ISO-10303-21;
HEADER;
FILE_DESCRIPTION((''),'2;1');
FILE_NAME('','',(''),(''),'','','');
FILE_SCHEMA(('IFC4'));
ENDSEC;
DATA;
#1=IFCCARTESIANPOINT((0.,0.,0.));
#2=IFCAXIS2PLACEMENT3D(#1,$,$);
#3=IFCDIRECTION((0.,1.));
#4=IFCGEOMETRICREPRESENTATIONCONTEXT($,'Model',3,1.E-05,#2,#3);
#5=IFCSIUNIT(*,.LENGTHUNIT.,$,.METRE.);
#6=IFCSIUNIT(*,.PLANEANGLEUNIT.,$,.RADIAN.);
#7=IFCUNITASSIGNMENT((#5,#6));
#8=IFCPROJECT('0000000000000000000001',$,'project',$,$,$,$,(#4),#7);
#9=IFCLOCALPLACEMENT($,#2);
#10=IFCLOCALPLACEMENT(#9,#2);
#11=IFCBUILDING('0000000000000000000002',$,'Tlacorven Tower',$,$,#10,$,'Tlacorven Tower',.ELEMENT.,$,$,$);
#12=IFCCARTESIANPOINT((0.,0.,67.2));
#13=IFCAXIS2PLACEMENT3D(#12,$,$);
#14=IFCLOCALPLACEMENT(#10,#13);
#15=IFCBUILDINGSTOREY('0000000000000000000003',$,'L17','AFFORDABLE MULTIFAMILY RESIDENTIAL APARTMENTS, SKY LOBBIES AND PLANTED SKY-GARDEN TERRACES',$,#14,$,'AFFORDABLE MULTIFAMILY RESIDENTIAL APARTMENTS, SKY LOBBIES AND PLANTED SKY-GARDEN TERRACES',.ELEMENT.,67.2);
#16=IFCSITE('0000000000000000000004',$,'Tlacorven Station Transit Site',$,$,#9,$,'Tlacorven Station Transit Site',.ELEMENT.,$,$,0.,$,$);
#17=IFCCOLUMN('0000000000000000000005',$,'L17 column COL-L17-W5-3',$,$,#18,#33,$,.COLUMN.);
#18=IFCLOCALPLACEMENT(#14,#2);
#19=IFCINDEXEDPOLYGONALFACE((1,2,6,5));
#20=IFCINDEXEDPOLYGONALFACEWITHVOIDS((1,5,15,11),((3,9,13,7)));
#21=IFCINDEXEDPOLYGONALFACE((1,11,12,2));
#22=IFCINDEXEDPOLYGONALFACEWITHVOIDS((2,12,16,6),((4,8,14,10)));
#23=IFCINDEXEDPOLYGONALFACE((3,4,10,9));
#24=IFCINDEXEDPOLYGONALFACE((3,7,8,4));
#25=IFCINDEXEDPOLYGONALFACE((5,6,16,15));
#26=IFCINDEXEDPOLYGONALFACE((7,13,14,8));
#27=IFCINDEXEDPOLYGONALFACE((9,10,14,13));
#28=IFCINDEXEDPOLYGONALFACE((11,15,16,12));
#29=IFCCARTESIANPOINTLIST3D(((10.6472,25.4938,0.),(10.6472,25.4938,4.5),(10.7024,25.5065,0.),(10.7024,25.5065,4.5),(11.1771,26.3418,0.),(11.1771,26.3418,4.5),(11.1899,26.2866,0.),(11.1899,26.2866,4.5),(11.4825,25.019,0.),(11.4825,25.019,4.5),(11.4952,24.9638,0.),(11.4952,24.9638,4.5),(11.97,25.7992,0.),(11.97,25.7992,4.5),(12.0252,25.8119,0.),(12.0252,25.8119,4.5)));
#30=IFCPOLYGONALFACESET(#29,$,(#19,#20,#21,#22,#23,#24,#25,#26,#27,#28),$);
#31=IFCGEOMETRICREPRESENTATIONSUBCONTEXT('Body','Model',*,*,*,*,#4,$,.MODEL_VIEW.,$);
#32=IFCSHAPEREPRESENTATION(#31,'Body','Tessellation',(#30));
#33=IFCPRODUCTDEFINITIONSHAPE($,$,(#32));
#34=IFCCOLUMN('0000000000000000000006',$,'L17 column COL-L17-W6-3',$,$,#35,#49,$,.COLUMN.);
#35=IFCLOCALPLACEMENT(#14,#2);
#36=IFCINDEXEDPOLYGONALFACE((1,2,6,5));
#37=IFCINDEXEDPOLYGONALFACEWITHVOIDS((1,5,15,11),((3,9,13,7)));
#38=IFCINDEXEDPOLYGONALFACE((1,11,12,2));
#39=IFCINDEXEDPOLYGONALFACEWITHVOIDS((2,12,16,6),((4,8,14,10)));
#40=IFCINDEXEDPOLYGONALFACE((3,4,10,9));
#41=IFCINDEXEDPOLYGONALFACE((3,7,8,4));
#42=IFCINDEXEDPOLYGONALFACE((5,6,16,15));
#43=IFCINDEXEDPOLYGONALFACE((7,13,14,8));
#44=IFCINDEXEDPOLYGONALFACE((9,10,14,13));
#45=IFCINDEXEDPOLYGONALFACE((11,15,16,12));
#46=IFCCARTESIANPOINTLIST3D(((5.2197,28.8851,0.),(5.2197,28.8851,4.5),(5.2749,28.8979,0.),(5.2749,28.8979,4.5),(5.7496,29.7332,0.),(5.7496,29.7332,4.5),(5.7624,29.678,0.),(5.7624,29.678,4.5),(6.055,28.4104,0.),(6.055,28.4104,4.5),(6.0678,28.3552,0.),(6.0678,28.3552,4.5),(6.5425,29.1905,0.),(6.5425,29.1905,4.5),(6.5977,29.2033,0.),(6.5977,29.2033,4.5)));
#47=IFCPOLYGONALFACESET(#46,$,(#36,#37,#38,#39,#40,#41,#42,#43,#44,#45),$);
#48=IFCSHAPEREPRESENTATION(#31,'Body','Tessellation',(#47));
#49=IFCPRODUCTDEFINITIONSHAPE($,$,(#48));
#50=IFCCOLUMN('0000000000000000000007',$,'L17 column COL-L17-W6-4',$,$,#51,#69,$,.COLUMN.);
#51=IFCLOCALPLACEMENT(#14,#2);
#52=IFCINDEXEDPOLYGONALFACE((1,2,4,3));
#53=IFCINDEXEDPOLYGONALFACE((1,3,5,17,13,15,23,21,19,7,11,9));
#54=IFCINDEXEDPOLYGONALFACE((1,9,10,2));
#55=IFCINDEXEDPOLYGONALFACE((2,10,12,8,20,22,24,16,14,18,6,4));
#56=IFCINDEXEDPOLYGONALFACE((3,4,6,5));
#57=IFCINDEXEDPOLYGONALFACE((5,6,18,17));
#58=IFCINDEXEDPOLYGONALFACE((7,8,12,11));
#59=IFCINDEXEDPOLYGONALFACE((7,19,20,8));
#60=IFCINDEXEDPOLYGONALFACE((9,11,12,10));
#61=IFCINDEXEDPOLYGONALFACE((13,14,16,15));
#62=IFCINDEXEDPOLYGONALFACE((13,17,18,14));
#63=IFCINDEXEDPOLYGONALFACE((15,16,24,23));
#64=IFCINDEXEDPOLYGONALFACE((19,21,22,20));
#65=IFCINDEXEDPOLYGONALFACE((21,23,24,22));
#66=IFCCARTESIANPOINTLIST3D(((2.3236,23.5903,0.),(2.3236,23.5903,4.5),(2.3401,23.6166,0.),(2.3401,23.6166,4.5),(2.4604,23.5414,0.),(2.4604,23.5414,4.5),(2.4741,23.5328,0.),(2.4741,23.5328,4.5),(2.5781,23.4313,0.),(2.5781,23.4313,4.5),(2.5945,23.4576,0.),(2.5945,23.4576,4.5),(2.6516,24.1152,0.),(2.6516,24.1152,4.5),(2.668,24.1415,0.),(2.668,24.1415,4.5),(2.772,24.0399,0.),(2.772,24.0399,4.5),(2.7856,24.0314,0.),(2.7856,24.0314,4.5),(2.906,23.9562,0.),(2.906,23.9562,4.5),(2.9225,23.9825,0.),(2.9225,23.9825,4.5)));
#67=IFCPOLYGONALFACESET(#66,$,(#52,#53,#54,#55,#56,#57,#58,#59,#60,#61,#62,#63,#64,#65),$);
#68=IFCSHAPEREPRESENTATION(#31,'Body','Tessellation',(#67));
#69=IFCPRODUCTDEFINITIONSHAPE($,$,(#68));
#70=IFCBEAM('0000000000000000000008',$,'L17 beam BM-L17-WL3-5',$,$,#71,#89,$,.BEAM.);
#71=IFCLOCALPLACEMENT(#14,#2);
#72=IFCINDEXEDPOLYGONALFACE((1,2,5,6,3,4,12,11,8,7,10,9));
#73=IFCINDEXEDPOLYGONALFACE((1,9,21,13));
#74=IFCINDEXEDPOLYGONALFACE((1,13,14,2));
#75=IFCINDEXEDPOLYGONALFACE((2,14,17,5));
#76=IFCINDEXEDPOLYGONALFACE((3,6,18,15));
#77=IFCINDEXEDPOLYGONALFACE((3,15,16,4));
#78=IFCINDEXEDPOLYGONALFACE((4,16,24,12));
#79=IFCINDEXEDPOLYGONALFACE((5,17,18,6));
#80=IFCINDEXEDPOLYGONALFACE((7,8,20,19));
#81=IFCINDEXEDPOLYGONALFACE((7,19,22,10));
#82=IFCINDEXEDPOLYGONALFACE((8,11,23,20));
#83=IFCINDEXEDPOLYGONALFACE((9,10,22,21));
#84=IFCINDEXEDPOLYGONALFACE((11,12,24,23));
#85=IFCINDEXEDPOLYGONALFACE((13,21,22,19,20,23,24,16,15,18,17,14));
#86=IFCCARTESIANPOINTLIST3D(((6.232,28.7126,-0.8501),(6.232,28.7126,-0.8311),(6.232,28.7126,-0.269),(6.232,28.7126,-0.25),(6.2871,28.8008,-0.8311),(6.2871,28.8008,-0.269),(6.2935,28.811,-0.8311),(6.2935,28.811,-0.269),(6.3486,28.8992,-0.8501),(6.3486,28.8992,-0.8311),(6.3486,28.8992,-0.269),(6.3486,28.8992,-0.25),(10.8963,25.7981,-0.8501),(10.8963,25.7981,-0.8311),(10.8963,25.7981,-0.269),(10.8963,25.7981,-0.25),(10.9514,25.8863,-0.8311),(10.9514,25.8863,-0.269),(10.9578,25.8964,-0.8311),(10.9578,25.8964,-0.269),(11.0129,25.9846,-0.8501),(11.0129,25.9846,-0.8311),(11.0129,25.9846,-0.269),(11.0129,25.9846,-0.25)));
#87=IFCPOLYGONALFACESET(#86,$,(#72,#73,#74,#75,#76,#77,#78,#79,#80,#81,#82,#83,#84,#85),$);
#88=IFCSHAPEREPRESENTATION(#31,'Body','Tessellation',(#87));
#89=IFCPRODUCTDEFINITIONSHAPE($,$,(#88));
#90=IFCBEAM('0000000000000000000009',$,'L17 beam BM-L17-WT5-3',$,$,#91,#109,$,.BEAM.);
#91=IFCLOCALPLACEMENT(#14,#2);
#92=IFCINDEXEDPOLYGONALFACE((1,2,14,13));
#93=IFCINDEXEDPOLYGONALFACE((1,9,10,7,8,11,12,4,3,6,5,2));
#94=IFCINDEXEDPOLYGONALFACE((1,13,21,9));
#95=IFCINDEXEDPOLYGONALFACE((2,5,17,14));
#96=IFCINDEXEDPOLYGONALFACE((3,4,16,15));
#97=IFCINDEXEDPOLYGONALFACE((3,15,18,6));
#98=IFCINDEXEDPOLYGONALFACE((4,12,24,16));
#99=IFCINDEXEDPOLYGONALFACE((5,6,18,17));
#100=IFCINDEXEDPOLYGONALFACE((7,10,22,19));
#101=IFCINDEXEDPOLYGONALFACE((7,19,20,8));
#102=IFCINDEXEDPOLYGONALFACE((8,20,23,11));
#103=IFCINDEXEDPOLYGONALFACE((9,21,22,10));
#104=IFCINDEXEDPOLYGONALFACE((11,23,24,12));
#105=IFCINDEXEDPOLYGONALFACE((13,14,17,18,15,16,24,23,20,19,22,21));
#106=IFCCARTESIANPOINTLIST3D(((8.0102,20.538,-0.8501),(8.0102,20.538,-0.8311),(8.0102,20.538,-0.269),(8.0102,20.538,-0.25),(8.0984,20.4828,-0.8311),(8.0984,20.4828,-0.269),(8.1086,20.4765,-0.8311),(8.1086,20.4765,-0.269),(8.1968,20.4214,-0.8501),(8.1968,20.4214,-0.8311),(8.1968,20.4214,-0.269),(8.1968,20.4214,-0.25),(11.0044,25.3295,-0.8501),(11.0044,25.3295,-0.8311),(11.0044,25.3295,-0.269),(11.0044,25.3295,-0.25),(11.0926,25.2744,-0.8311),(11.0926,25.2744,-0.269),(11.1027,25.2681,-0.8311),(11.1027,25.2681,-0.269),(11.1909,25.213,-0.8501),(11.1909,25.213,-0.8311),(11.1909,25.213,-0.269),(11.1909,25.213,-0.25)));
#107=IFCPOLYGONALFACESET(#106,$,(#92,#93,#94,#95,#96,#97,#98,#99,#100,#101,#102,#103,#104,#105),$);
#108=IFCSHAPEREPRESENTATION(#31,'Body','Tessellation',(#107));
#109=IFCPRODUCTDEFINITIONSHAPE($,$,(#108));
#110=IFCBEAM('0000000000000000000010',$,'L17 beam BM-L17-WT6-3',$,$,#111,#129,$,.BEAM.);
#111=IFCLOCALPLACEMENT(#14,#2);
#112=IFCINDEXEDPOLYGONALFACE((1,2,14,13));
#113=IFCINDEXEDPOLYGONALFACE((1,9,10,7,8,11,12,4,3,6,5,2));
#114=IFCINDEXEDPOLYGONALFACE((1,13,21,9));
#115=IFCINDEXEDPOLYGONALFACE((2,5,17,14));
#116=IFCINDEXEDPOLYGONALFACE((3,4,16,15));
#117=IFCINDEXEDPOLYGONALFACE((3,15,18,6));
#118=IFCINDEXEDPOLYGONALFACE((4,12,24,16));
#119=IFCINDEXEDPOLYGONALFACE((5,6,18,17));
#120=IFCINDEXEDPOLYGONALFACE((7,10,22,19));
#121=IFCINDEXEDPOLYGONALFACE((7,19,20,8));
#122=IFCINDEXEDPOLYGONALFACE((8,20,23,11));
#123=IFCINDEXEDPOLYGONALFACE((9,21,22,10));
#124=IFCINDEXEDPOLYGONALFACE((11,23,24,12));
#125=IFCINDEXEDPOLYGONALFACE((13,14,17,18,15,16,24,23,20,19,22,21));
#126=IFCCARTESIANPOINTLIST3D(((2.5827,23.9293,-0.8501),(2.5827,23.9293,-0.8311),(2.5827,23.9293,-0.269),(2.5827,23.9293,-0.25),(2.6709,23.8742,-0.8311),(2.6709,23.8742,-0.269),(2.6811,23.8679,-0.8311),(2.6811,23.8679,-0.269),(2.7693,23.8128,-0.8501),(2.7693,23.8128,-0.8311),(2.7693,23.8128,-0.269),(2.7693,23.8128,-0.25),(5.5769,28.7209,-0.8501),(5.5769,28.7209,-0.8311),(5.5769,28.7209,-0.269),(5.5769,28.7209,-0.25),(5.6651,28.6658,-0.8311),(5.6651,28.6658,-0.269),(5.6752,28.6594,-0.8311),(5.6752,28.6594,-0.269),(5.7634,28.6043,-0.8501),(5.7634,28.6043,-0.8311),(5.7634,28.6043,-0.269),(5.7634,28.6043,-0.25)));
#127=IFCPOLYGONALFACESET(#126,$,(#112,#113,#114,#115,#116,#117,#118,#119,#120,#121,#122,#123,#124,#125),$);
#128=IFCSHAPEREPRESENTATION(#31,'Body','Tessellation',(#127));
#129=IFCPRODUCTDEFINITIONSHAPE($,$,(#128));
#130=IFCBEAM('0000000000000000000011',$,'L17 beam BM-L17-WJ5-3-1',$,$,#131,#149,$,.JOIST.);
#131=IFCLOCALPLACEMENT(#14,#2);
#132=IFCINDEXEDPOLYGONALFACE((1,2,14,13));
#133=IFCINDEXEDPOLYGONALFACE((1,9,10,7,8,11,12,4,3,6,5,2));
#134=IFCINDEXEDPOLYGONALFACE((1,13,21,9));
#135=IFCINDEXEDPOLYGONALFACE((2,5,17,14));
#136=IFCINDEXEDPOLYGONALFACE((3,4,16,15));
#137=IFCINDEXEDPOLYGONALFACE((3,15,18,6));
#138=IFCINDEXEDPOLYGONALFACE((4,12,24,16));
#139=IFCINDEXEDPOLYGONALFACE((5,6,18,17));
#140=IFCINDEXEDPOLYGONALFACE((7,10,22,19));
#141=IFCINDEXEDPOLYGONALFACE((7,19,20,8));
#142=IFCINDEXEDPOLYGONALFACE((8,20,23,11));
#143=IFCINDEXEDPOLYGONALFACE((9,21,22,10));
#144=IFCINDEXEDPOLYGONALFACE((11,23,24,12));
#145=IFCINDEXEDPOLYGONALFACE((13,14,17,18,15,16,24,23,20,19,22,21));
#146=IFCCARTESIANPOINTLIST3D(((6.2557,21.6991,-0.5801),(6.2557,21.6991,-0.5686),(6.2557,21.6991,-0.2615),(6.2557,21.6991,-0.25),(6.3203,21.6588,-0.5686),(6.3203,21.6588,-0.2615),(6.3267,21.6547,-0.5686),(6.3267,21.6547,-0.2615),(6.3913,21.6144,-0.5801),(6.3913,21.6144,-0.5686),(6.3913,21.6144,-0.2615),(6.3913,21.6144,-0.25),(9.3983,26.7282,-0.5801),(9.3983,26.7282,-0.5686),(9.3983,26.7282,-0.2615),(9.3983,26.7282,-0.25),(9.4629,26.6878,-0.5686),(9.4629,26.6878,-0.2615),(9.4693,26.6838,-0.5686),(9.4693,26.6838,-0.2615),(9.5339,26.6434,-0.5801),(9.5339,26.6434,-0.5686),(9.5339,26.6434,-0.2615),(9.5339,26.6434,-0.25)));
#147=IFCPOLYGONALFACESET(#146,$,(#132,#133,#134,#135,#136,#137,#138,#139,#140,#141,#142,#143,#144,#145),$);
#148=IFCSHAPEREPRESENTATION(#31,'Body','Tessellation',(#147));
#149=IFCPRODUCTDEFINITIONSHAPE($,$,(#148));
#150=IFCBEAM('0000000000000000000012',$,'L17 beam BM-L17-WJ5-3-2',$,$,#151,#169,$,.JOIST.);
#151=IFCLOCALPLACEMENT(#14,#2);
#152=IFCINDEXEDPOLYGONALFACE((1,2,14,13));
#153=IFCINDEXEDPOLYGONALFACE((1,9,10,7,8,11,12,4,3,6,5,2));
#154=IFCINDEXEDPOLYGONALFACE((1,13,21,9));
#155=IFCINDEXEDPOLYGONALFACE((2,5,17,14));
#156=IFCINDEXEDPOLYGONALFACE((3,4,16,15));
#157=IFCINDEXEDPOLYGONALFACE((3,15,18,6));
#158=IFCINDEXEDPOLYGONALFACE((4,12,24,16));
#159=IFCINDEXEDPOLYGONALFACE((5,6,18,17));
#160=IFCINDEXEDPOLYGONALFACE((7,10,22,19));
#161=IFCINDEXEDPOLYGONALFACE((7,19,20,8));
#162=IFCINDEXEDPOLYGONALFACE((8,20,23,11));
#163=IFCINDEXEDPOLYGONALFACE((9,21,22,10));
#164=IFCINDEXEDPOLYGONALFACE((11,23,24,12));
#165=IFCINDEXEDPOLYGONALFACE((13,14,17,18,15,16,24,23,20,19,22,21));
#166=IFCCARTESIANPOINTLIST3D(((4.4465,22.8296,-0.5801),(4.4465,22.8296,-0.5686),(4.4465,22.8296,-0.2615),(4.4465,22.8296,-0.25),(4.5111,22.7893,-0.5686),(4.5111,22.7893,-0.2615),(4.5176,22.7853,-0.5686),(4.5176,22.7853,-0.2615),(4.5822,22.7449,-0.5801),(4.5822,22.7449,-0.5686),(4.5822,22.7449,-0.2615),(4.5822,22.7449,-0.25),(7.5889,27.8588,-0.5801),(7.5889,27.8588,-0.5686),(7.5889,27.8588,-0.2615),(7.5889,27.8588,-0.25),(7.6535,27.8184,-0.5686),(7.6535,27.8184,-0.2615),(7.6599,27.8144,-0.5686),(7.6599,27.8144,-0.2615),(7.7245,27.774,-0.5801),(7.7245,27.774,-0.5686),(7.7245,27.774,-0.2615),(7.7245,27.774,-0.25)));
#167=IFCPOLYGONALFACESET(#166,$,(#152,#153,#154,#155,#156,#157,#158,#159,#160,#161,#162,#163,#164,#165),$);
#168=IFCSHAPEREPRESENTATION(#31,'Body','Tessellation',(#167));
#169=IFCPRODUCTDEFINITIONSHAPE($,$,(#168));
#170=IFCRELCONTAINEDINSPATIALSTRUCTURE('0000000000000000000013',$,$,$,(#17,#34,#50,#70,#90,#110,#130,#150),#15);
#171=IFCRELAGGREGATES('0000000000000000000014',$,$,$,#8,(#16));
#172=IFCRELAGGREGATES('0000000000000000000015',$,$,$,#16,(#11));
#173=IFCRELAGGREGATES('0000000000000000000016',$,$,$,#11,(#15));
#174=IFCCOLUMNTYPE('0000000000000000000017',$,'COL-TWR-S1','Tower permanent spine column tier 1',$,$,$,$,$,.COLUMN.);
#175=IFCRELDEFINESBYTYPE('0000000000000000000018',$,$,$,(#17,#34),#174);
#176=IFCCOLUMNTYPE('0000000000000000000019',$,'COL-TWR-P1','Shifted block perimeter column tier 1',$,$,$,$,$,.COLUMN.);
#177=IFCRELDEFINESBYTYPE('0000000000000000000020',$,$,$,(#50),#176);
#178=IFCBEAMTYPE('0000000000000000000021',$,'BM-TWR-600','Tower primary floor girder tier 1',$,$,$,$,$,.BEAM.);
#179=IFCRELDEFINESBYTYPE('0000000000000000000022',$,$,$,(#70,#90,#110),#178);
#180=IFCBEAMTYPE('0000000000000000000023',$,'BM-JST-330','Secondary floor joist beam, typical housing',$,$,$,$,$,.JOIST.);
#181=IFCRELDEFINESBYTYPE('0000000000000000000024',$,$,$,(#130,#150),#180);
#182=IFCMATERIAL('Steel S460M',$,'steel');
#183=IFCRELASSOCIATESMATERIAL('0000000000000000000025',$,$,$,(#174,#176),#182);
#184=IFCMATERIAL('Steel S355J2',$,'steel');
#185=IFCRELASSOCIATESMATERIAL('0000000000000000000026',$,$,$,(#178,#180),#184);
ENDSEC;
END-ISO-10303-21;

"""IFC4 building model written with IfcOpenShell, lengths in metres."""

from ifc_helpers import new_model, si_unit, direction, frame, origin, origin_2d, place, context, subcontext, project, spatial, hollow_rectangle, i_section, extrude, source, transform, mapped, material, material_profile, profile_set, type_object, element, save


model = new_model("IFC4")

# Units and contexts
model_context = context("Model", 3, precision=1e-05, world=origin(), true_north=direction((0.0, 1.0)))
body_context = subcontext(model_context, "Body", "Model", "MODEL_VIEW")
ifc_project = project(units=[si_unit("LENGTHUNIT", "METRE"), si_unit("PLANEANGLEUNIT", "RADIAN")], contexts=[model_context])

# Site, building, storey
site_placement = place(None, origin())
site = spatial("IfcSite", under=ifc_project, at=site_placement, Name="Tlacorven Station Transit Site", LongName="Tlacorven Station Transit Site", CompositionType="ELEMENT", RefElevation=0.0)
building_placement = place(site_placement, origin())
building = spatial("IfcBuilding", under=site, at=building_placement, Name="Tlacorven Tower", LongName="Tlacorven Tower", CompositionType="ELEMENT")
storey_placement = place(building_placement, frame((0.0, 0.0, 67.2)))
storey = spatial("IfcBuildingStorey", under=building, at=storey_placement, Name="L17", Description="AFFORDABLE MULTIFAMILY RESIDENTIAL APARTMENTS, SKY LOBBIES AND PLANTED SKY-GARDEN TERRACES", LongName="AFFORDABLE MULTIFAMILY RESIDENTIAL APARTMENTS, SKY LOBBIES AND PLANTED SKY-GARDEN TERRACES", CompositionType="ELEMENT", Elevation=67.2)

# Columns
ifc_material_1 = material(Name="Steel S460M", Category="steel")
ifc_material_profile_1 = material_profile(ifc_material_1, hollow_rectangle(XDim=1.0, YDim=1.0, WallThickness=0.04, at=origin_2d()), Name="BOX 1000X1000X40")
ifc_profile_set_1 = profile_set([ifc_material_profile_1], Name="Steel S460M")
column_type_1 = type_object("IfcColumnType", Name="COL-TWR-S1", Description="Tower permanent spine column tier 1", PredefinedType="COLUMN", material=ifc_profile_set_1)
shared_shape_1 = source(origin(), body_context, "Body", "SweptSolid", [
    extrude(hollow_rectangle(XDim=1.0, YDim=1.0, WallThickness=0.04, at=origin_2d()), origin(), (0.0, 0.0, 1.0), 4.5),
])
for number, where, z_axis, x_axis, name in (
    (1, (11.3362, 25.6528, 0.0), (0.0, 0.0, 1.0), (-0.848048, 0.529919, 0.0), "L17 column COL-L17-W5-3"),
    (2, (5.9087, 29.0442, 0.0), (0.0, 0.0, 1.0), (-0.848048, 0.529919, 0.0), "L17 column COL-L17-W6-3"),
):
    element("IfcColumn", number, at=place(storey_placement, frame(where, z_axis=z_axis, x_axis=x_axis)), inside=storey, type_object=column_type_1, Name=name, PredefinedType="COLUMN", context=body_context, shape_type="MappedRepresentation", body=[
        mapped(shared_shape_1, transform((0.0, 0.0, 0.0), scale=1.0)),
    ])
ifc_material_profile_2 = material_profile(ifc_material_1, i_section(OverallWidth=0.3, OverallDepth=0.6499, WebThickness=0.0161, FlangeThickness=0.031, at=origin_2d()), Name="HEB 650")
ifc_profile_set_2 = profile_set([ifc_material_profile_2], Name="Steel S460M")
column_type_2 = type_object("IfcColumnType", Name="COL-TWR-P1", Description="Shifted block perimeter column tier 1", PredefinedType="COLUMN", material=ifc_profile_set_2)
shared_shape_2 = source(origin(), body_context, "Body", "SweptSolid", [
    extrude(i_section(OverallWidth=0.3, OverallDepth=0.6499, WebThickness=0.0161, FlangeThickness=0.031, at=origin_2d()), origin(), (0.0, 0.0, 1.0), 4.5),
])
column_placement = place(storey_placement, frame((2.623, 23.7864, 0.0), z_axis=(0.0, 0.0, 1.0), x_axis=(-0.848048, 0.529919, 0.0)))
element("IfcColumn", 3, at=column_placement, inside=storey, type_object=column_type_2, Name="L17 column COL-L17-W6-4", PredefinedType="COLUMN", context=body_context, shape_type="MappedRepresentation", body=[
    mapped(shared_shape_2, transform((0.0, 0.0, 0.0), scale=1.0)),
])

# Beams
ifc_material_2 = material(Name="Steel S355J2", Category="steel")
ifc_material_profile_3 = material_profile(ifc_material_2, i_section(OverallWidth=0.22, OverallDepth=0.6001, WebThickness=0.012, FlangeThickness=0.019, at=origin_2d()), Name="IPE 600")
ifc_profile_set_3 = profile_set([ifc_material_profile_3], Name="Steel S355J2")
beam_type_1 = type_object("IfcBeamType", Name="BM-TWR-600", Description="Tower primary floor girder tier 1", PredefinedType="BEAM", material=ifc_profile_set_3)
shared_shape_3 = source(origin(), body_context, "Body", "SweptSolid", [
    extrude(i_section(OverallWidth=0.22, OverallDepth=0.6001, WebThickness=0.012, FlangeThickness=0.019, at=origin_2d()), origin(), (0.0, 0.0, 1.0), 5.5),
])
beam_1_placement = place(storey_placement, frame((10.9546, 25.8914, -0.55), z_axis=(-0.848051, 0.529915, 0.0), x_axis=(-0.529915, -0.848051, 0.0)))
element("IfcBeam", 4, at=beam_1_placement, inside=storey, type_object=beam_type_1, Name="L17 beam BM-L17-WL3-5", PredefinedType="BEAM", context=body_context, shape_type="MappedRepresentation", body=[
    mapped(shared_shape_3, transform((0.0, 0.0, 0.0), scale=1.0)),
])
shared_shape_4 = source(origin(), body_context, "Body", "SweptSolid", [
    extrude(i_section(OverallWidth=0.22, OverallDepth=0.6001, WebThickness=0.012, FlangeThickness=0.019, at=origin_2d()), origin(), (0.0, 0.0, 1.0), 5.6501),
])
for number, where, z_axis, x_axis, name in (
    (5, (11.0977, 25.2712, -0.55), (-0.529929, -0.848042, 0.0), (0.848042, -0.529929, 0.0), "L17 beam BM-L17-WT5-3"),
    (6, (5.6702, 28.6626, -0.55), (-0.529929, -0.848042, 0.0), (0.848042, -0.529929, 0.0), "L17 beam BM-L17-WT6-3"),
):
    element("IfcBeam", number, at=place(storey_placement, frame(where, z_axis=z_axis, x_axis=x_axis)), inside=storey, type_object=beam_type_1, Name=name, PredefinedType="BEAM", context=body_context, shape_type="MappedRepresentation", body=[
        mapped(shared_shape_4, transform((0.0, 0.0, 0.0), scale=1.0)),
    ])
ifc_material_profile_4 = material_profile(ifc_material_2, i_section(OverallWidth=0.1599, OverallDepth=0.3301, WebThickness=0.0076, FlangeThickness=0.0115, at=origin_2d()), Name="IPE 330")
ifc_profile_set_4 = profile_set([ifc_material_profile_4], Name="Steel S355J2")
beam_type_2 = type_object("IfcBeamType", Name="BM-JST-330", Description="Secondary floor joist beam, typical housing", PredefinedType="JOIST", material=ifc_profile_set_4)
shared_shape_5 = source(origin(), body_context, "Body", "SweptSolid", [
    extrude(i_section(OverallWidth=0.1599, OverallDepth=0.3301, WebThickness=0.0076, FlangeThickness=0.0115, at=origin_2d()), origin(), (0.0, 0.0, 1.0), 5.9302),
])
for number, where, z_axis, x_axis, name in (
    (7, (9.4661, 26.6858, -0.415), (-0.529929, -0.848042, 0.0), (0.848042, -0.529929, 0.0), "L17 beam BM-L17-WJ5-3-1"),
    (8, (7.6567, 27.8164, -0.415), (-0.529899, -0.848061, 0.0), (0.848061, -0.529899, 0.0), "L17 beam BM-L17-WJ5-3-2"),
):
    element("IfcBeam", number, at=place(storey_placement, frame(where, z_axis=z_axis, x_axis=x_axis)), inside=storey, type_object=beam_type_2, Name=name, PredefinedType="JOIST", context=body_context, shape_type="MappedRepresentation", body=[
        mapped(shared_shape_5, transform((0.0, 0.0, 0.0), scale=1.0)),
    ])

save(model, "model.ifc")
